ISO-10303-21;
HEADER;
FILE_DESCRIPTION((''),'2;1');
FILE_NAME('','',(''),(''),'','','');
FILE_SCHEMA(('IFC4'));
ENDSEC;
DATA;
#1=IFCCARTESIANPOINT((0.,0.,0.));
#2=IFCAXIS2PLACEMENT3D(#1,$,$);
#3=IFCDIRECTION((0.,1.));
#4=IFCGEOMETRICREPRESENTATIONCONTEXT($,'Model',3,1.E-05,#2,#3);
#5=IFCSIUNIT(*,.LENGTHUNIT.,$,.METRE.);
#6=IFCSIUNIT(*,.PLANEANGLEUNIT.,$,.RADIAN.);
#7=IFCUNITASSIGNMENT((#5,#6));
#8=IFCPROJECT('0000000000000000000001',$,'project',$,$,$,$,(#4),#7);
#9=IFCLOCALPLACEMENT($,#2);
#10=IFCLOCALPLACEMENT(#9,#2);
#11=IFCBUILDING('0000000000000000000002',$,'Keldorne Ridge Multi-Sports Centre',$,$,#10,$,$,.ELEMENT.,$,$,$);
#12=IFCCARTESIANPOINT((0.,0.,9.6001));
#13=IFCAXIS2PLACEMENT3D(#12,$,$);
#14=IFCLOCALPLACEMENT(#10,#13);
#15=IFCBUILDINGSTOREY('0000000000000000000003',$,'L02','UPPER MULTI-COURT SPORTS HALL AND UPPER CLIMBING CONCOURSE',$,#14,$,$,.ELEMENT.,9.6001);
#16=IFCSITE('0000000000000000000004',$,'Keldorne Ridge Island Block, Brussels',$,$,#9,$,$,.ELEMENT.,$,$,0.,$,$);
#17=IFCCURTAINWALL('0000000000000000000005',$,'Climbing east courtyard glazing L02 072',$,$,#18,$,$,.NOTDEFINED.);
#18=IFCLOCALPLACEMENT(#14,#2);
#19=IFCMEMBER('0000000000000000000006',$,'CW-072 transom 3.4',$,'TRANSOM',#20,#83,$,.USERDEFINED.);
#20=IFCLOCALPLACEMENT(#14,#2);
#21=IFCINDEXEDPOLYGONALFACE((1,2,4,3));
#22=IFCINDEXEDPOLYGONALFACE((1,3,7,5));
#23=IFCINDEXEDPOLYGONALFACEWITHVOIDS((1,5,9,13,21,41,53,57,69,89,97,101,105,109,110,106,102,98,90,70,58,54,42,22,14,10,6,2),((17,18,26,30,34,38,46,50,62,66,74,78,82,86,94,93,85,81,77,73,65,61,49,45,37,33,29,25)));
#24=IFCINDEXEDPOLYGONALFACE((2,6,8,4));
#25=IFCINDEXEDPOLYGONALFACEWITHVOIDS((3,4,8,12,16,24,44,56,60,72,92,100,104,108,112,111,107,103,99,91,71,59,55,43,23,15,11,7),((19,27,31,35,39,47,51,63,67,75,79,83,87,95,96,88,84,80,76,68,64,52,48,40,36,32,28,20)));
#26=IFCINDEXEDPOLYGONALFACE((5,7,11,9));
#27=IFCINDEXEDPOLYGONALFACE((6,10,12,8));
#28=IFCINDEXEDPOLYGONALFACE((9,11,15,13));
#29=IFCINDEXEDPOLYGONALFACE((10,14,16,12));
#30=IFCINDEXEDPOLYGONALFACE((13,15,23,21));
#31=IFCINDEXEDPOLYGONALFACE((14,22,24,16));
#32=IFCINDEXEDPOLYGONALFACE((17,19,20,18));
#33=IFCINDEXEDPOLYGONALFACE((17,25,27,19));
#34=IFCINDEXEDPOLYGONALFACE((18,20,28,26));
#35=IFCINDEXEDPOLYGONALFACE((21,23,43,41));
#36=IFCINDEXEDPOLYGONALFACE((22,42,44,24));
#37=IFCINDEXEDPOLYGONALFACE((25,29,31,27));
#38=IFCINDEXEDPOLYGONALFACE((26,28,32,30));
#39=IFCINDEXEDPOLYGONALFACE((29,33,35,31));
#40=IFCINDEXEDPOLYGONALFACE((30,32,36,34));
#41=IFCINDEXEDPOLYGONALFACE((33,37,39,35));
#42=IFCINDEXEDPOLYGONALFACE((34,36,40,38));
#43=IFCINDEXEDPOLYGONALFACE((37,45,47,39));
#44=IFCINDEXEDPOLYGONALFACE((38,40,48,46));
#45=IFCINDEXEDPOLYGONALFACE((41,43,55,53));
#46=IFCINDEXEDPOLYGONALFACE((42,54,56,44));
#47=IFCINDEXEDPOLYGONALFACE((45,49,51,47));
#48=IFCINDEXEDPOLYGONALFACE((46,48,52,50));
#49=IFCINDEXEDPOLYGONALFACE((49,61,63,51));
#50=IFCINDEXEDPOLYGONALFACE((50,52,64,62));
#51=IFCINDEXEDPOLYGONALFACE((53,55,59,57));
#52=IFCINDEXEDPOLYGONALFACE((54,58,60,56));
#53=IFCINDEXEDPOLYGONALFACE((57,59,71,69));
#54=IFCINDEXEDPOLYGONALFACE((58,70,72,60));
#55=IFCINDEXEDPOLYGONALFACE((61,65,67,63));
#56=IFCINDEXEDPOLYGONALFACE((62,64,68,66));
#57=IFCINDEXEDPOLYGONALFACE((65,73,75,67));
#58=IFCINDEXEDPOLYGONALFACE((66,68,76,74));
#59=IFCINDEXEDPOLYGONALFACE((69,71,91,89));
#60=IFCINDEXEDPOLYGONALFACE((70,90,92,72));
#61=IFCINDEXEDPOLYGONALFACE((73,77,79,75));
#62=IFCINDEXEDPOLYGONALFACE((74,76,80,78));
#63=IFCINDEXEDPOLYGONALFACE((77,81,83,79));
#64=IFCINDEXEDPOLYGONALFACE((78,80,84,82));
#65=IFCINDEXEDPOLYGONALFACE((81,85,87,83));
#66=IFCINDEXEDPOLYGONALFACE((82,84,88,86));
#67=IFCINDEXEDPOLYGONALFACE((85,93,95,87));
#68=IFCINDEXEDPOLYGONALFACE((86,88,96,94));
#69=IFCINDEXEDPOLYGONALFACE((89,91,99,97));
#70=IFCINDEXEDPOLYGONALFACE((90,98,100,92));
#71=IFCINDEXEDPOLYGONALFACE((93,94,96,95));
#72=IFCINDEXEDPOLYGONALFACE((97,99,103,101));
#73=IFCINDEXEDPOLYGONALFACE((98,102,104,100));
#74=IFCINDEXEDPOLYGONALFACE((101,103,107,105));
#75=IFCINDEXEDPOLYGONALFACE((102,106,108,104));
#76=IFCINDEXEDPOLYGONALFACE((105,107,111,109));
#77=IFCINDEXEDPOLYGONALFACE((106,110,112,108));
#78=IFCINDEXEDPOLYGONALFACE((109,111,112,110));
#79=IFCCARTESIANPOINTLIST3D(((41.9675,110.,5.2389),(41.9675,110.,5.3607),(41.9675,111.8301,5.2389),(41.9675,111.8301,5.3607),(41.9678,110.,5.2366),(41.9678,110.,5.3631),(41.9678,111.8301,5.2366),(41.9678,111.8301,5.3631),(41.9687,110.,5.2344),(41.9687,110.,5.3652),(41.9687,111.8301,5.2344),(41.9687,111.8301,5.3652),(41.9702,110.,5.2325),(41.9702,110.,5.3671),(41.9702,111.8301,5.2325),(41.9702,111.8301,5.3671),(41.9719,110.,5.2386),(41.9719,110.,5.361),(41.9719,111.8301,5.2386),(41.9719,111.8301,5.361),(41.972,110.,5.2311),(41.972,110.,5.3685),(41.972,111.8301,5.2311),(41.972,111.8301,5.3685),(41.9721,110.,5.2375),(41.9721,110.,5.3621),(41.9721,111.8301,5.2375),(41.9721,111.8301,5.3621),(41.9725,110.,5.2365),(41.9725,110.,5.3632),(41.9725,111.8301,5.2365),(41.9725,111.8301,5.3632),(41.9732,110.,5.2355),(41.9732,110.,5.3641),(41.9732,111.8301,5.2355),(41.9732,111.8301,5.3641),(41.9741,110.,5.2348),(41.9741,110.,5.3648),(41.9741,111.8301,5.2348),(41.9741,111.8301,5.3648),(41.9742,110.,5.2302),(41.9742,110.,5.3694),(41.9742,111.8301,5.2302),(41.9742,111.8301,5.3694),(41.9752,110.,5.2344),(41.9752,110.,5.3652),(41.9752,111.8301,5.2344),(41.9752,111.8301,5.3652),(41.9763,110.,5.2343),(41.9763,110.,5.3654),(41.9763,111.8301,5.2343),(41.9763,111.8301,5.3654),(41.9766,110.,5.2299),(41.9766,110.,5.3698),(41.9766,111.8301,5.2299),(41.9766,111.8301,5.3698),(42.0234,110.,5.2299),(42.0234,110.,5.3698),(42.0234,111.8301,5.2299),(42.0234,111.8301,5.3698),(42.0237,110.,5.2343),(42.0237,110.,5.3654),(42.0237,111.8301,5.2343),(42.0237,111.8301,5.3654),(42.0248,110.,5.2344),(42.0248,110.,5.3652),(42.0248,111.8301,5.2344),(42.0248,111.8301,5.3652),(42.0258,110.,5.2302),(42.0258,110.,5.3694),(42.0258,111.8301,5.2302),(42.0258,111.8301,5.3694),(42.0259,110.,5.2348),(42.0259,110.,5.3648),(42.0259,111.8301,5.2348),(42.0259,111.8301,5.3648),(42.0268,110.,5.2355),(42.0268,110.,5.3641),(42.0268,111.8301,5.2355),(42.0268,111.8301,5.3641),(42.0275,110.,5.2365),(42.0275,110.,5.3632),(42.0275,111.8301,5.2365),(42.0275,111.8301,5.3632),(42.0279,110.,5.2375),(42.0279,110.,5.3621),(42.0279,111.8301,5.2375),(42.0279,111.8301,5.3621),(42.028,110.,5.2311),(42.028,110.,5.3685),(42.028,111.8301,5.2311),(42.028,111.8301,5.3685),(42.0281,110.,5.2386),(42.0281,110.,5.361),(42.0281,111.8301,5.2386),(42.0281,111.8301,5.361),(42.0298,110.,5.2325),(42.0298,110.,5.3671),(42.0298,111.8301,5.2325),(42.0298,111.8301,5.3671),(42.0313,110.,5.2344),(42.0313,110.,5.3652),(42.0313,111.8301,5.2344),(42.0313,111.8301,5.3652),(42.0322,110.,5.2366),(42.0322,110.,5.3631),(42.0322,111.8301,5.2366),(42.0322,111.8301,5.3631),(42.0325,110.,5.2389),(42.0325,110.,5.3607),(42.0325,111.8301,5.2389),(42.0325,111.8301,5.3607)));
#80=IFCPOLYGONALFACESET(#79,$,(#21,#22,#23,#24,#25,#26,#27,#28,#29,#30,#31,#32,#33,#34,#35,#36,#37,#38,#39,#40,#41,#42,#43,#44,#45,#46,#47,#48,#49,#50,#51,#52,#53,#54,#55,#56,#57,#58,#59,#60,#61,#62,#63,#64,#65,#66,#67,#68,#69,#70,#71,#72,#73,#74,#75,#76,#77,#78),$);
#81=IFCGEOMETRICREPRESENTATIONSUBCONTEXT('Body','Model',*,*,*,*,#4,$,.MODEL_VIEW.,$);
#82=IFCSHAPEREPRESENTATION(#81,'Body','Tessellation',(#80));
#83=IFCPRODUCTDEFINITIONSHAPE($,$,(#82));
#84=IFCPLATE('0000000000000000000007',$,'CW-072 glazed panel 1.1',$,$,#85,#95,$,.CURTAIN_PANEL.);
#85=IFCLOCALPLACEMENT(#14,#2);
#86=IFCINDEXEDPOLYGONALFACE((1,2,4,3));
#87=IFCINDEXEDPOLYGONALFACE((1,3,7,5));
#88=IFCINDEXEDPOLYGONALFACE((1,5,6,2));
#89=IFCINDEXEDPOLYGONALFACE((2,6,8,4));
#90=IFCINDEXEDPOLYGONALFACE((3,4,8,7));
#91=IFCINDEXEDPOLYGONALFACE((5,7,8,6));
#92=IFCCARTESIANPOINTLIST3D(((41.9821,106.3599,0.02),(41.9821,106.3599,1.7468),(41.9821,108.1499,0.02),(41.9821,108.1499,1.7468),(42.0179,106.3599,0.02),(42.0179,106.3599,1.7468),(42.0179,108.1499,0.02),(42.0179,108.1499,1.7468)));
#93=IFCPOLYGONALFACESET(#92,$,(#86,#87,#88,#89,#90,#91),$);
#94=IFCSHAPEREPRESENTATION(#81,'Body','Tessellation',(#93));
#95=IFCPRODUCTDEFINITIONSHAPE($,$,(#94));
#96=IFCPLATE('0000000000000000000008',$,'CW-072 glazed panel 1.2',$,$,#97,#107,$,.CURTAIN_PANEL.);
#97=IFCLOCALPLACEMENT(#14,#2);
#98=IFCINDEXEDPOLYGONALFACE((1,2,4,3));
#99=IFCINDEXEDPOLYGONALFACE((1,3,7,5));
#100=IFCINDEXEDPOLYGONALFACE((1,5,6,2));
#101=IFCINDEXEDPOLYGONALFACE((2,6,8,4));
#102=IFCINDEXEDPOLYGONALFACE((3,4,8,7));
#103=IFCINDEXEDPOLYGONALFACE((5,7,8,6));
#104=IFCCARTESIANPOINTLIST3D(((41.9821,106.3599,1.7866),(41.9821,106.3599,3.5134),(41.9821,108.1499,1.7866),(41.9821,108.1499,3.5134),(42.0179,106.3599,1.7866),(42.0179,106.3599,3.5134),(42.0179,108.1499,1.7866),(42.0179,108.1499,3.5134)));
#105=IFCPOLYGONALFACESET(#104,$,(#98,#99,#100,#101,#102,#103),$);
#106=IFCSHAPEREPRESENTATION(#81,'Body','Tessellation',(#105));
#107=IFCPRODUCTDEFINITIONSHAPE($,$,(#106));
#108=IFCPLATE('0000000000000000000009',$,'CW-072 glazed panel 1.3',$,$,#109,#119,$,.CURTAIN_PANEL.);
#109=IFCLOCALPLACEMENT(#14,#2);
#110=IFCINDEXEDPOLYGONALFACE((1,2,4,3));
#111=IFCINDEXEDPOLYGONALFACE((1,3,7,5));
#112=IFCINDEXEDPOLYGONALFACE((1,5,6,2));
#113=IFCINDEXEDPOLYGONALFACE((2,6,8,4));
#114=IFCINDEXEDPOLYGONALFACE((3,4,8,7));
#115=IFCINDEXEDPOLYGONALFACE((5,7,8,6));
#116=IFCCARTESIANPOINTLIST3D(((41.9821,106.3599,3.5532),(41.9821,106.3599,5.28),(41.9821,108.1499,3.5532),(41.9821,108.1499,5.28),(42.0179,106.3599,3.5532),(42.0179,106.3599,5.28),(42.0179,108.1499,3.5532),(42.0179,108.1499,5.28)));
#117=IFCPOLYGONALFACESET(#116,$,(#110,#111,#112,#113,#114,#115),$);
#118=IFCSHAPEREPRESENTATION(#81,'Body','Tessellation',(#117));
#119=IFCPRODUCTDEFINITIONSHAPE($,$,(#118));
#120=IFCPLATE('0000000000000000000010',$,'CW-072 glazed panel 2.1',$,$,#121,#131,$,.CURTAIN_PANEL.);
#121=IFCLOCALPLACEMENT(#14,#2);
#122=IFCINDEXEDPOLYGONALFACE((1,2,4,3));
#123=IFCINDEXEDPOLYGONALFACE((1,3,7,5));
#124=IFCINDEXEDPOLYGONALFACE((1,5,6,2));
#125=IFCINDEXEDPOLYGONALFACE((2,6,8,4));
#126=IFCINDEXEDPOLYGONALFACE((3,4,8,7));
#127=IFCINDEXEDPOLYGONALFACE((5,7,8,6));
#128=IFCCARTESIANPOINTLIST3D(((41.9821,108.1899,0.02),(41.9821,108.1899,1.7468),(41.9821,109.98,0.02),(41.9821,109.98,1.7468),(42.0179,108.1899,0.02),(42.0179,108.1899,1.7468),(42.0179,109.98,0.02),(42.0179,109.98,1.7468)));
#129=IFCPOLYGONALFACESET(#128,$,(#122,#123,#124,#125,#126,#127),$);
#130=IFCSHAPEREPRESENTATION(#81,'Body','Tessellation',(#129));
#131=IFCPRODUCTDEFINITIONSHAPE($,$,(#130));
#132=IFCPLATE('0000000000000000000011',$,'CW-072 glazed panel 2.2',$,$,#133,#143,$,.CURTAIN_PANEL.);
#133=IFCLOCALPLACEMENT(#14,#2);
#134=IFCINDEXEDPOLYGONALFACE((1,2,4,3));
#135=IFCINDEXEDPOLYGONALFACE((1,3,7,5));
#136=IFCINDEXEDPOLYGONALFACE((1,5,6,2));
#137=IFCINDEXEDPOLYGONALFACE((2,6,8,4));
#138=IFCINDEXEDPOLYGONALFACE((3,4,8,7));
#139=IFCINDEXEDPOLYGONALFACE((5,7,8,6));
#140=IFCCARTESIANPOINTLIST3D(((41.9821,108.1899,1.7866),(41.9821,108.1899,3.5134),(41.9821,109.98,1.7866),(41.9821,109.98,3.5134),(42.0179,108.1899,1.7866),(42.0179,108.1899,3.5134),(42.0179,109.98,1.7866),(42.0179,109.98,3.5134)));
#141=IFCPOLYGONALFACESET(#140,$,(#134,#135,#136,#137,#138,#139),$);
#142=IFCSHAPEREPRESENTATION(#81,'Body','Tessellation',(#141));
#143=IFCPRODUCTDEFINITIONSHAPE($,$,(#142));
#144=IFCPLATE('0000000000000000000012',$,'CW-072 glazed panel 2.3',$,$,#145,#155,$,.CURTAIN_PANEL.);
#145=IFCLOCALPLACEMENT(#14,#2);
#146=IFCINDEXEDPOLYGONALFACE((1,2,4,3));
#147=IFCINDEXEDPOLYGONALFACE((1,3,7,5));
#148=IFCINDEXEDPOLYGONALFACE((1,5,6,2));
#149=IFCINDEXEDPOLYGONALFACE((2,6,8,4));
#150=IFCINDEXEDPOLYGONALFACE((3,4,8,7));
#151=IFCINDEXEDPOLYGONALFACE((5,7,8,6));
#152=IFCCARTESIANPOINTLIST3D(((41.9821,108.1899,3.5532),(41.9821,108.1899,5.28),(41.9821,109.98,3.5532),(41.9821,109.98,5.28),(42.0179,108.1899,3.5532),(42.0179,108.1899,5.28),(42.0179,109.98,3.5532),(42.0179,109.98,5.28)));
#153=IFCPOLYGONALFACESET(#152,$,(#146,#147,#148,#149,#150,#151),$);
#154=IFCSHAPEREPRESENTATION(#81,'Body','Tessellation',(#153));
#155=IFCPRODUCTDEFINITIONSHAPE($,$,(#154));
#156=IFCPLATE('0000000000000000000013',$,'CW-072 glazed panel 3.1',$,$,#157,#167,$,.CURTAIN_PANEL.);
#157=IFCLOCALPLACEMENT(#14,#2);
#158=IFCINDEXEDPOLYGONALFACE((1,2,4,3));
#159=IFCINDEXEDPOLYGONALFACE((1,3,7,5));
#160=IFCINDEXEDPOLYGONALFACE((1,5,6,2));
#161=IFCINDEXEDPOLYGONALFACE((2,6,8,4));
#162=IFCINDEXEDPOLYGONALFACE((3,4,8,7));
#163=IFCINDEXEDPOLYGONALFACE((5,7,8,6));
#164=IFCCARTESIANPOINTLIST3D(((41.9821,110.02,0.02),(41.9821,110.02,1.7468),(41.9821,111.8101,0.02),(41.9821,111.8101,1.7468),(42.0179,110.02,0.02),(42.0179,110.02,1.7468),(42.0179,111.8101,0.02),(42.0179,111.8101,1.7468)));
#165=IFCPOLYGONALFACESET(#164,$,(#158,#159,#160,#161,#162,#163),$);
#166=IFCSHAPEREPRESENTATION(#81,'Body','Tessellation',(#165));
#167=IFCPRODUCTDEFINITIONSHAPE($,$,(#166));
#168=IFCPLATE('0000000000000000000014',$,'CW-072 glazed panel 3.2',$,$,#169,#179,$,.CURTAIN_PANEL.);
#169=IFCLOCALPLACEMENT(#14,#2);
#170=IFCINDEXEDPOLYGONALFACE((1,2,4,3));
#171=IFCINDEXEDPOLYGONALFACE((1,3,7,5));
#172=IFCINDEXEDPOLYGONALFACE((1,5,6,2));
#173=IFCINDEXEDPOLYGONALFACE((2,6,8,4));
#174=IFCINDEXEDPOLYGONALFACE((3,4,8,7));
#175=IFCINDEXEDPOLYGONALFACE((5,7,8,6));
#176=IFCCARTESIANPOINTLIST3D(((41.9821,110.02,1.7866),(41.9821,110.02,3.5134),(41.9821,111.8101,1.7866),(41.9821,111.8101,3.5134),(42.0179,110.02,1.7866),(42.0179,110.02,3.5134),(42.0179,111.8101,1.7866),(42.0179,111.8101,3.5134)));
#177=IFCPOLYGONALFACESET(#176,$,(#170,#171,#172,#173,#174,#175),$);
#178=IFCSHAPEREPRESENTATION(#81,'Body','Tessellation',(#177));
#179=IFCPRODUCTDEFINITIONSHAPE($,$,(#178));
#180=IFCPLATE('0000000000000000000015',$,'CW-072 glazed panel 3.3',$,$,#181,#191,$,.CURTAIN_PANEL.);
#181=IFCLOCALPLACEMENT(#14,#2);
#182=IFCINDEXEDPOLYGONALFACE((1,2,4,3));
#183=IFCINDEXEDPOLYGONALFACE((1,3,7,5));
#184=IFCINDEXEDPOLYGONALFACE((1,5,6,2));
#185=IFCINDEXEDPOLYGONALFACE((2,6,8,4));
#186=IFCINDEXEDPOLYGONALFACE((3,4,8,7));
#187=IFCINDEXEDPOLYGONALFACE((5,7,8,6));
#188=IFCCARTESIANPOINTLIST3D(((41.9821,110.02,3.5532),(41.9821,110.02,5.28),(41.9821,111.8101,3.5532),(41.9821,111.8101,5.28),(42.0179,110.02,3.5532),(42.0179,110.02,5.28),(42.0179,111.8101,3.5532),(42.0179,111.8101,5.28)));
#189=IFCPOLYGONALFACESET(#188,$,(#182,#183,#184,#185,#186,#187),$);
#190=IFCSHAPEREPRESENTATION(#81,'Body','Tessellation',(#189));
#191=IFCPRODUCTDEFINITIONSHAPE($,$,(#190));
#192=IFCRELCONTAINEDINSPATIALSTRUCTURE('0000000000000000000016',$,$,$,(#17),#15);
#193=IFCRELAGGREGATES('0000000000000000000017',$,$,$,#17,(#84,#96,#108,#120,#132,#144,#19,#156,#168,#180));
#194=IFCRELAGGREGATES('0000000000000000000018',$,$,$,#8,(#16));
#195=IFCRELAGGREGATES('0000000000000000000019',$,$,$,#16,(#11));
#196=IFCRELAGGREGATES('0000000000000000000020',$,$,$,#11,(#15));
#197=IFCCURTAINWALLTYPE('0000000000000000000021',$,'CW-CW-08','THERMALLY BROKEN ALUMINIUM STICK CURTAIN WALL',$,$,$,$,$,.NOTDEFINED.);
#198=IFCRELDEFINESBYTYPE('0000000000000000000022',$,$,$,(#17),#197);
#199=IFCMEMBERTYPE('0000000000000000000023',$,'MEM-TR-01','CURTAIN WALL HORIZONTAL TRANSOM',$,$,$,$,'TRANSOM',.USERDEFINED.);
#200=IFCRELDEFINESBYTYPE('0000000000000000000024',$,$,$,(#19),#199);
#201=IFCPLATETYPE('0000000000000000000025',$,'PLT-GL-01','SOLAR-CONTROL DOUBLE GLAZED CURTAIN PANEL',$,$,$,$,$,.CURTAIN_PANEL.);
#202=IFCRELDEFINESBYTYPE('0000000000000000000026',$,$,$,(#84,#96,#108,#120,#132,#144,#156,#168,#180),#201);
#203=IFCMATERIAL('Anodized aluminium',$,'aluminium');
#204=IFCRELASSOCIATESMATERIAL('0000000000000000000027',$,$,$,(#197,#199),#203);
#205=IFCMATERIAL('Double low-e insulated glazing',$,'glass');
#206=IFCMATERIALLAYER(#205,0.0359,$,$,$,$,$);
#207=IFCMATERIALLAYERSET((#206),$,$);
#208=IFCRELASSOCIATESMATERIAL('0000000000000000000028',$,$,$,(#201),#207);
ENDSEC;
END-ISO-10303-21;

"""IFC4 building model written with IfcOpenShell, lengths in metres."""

from ifc_helpers import new_model, si_unit, direction, frame, origin, origin_2d, place, context, subcontext, project, spatial, rectangle, hollow_rectangle, extrude, material, layer, layer_set, material_profile, profile_set, type_object, element, aggregate, save


model = new_model("IFC4")

# Units and contexts
model_context = context("Model", 3, precision=1e-05, world=origin(), true_north=direction((0.0, 1.0)))
body_context = subcontext(model_context, "Body", "Model", "MODEL_VIEW")
ifc_project = project(units=[si_unit("LENGTHUNIT", "METRE"), si_unit("PLANEANGLEUNIT", "RADIAN")], contexts=[model_context])

# Site, building, storey
site_placement = place(None, origin())
site = spatial("IfcSite", under=ifc_project, at=site_placement, Name="Keldorne Ridge Island Block, Brussels", CompositionType="ELEMENT", RefElevation=0.0)
building_placement = place(site_placement, origin())
building = spatial("IfcBuilding", under=site, at=building_placement, Name="Keldorne Ridge Multi-Sports Centre", CompositionType="ELEMENT")
storey_placement = place(building_placement, frame((0.0, 0.0, 9.6001)))
storey = spatial("IfcBuildingStorey", under=building, at=storey_placement, Name="L02", Description="UPPER MULTI-COURT SPORTS HALL AND UPPER CLIMBING CONCOURSE", CompositionType="ELEMENT", Elevation=9.6001)

# Curtain wall, member, plates
ifc_material_1 = material(Name="Anodized aluminium", Category="aluminium")
curtain_wall_type = type_object("IfcCurtainWallType", Name="CW-CW-08", Description="THERMALLY BROKEN ALUMINIUM STICK CURTAIN WALL", PredefinedType="NOTDEFINED", material=ifc_material_1)
curtain_wall_placement = place(storey_placement, origin())
curtain_wall = element("IfcCurtainWall", 1, at=curtain_wall_placement, inside=storey, type_object=curtain_wall_type, Name="Climbing east courtyard glazing L02 072", PredefinedType="NOTDEFINED")
ifc_material_profile_1 = material_profile(ifc_material_1, hollow_rectangle(XDim=0.0649, YDim=0.1399, WallThickness=0.0044, InnerFilletRadius=0.0044, OuterFilletRadius=0.009, at=origin_2d()), Name="ALU TRANSOM 140x65x4.5")
ifc_profile_set_1 = profile_set([ifc_material_profile_1], Name="Anodized aluminium")
member_type_1 = type_object("IfcMemberType", Name="MEM-TR-01", Description="CURTAIN WALL HORIZONTAL TRANSOM", ElementType="TRANSOM", PredefinedType="USERDEFINED", material=ifc_profile_set_1)
member_1_placement = place(storey_placement, frame((42.0, 110.0, 5.2998), z_axis=(0.0, 1.0, 0.0), x_axis=(-1.0, 0.0, 0.0)))
member_1 = element("IfcMember", 2, at=member_1_placement, type_object=member_type_1, Name="CW-072 transom 3.4", ObjectType="TRANSOM", PredefinedType="USERDEFINED", context=body_context, shape_type="SweptSolid", body=[
    extrude(hollow_rectangle(XDim=0.0649, YDim=0.1399, WallThickness=0.0044, InnerFilletRadius=0.0044, OuterFilletRadius=0.009, at=origin_2d()), origin(), (0.0, 0.0, 1.0), 1.8301),
])
ifc_material_2 = material(Name="Double low-e insulated glazing", Category="glass")
ifc_layer = layer(ifc_material_2, 0.0359)
ifc_layer_set = layer_set([ifc_layer])
plate_type = type_object("IfcPlateType", Name="PLT-GL-01", Description="SOLAR-CONTROL DOUBLE GLAZED CURTAIN PANEL", PredefinedType="CURTAIN_PANEL", material=ifc_layer_set)
plate_1_placement = place(storey_placement, frame((42.0, 107.2549, 0.02), z_axis=(0.0, 0.0, 1.0), x_axis=(0.0, 1.0, 0.0)))
plate_1 = element("IfcPlate", 3, at=plate_1_placement, type_object=plate_type, Name="CW-072 glazed panel 1.1", PredefinedType="CURTAIN_PANEL", context=body_context, shape_type="SweptSolid", body=[
    extrude(rectangle(XDim=1.79, YDim=0.0359, at=origin_2d()), origin(), (0.0, 0.0, 1.0), 1.7268),
])
plate_2_placement = place(storey_placement, frame((42.0, 107.2549, 1.7866), z_axis=(0.0, 0.0, 1.0), x_axis=(0.0, 1.0, 0.0)))
plate_2 = element("IfcPlate", 4, at=plate_2_placement, type_object=plate_type, Name="CW-072 glazed panel 1.2", PredefinedType="CURTAIN_PANEL", context=body_context, shape_type="SweptSolid", body=[
    extrude(rectangle(XDim=1.79, YDim=0.0359, at=origin_2d()), origin(), (0.0, 0.0, 1.0), 1.7268),
])
plate_3_placement = place(storey_placement, frame((42.0, 107.2549, 3.5532), z_axis=(0.0, 0.0, 1.0), x_axis=(0.0, 1.0, 0.0)))
plate_3 = element("IfcPlate", 5, at=plate_3_placement, type_object=plate_type, Name="CW-072 glazed panel 1.3", PredefinedType="CURTAIN_PANEL", context=body_context, shape_type="SweptSolid", body=[
    extrude(rectangle(XDim=1.79, YDim=0.0359, at=origin_2d()), origin(), (0.0, 0.0, 1.0), 1.7268),
])
plate_4_placement = place(storey_placement, frame((42.0, 109.085, 0.02), z_axis=(0.0, 0.0, 1.0), x_axis=(0.0, 1.0, 0.0)))
plate_4 = element("IfcPlate", 6, at=plate_4_placement, type_object=plate_type, Name="CW-072 glazed panel 2.1", PredefinedType="CURTAIN_PANEL", context=body_context, shape_type="SweptSolid", body=[
    extrude(rectangle(XDim=1.79, YDim=0.0359, at=origin_2d()), origin(), (0.0, 0.0, 1.0), 1.7268),
])
plate_5_placement = place(storey_placement, frame((42.0, 109.085, 1.7866), z_axis=(0.0, 0.0, 1.0), x_axis=(0.0, 1.0, 0.0)))
plate_5 = element("IfcPlate", 7, at=plate_5_placement, type_object=plate_type, Name="CW-072 glazed panel 2.2", PredefinedType="CURTAIN_PANEL", context=body_context, shape_type="SweptSolid", body=[
    extrude(rectangle(XDim=1.79, YDim=0.0359, at=origin_2d()), origin(), (0.0, 0.0, 1.0), 1.7268),
])
plate_6_placement = place(storey_placement, frame((42.0, 109.085, 3.5532), z_axis=(0.0, 0.0, 1.0), x_axis=(0.0, 1.0, 0.0)))
plate_6 = element("IfcPlate", 8, at=plate_6_placement, type_object=plate_type, Name="CW-072 glazed panel 2.3", PredefinedType="CURTAIN_PANEL", context=body_context, shape_type="SweptSolid", body=[
    extrude(rectangle(XDim=1.79, YDim=0.0359, at=origin_2d()), origin(), (0.0, 0.0, 1.0), 1.7268),
])
plate_7_placement = place(storey_placement, frame((42.0, 110.915, 0.02), z_axis=(0.0, 0.0, 1.0), x_axis=(0.0, 1.0, 0.0)))
plate_7 = element("IfcPlate", 9, at=plate_7_placement, type_object=plate_type, Name="CW-072 glazed panel 3.1", PredefinedType="CURTAIN_PANEL", context=body_context, shape_type="SweptSolid", body=[
    extrude(rectangle(XDim=1.79, YDim=0.0359, at=origin_2d()), origin(), (0.0, 0.0, 1.0), 1.7268),
])
plate_8_placement = place(storey_placement, frame((42.0, 110.915, 1.7866), z_axis=(0.0, 0.0, 1.0), x_axis=(0.0, 1.0, 0.0)))
plate_8 = element("IfcPlate", 10, at=plate_8_placement, type_object=plate_type, Name="CW-072 glazed panel 3.2", PredefinedType="CURTAIN_PANEL", context=body_context, shape_type="SweptSolid", body=[
    extrude(rectangle(XDim=1.79, YDim=0.0359, at=origin_2d()), origin(), (0.0, 0.0, 1.0), 1.7268),
])
plate_9_placement = place(storey_placement, frame((42.0, 110.915, 3.5532), z_axis=(0.0, 0.0, 1.0), x_axis=(0.0, 1.0, 0.0)))
plate_9 = element("IfcPlate", 11, at=plate_9_placement, type_object=plate_type, Name="CW-072 glazed panel 3.3", PredefinedType="CURTAIN_PANEL", context=body_context, shape_type="SweptSolid", body=[
    extrude(rectangle(XDim=1.79, YDim=0.0359, at=origin_2d()), origin(), (0.0, 0.0, 1.0), 1.7268),
])
aggregate(curtain_wall, [plate_1, plate_2, plate_3, plate_4, plate_5, plate_6, member_1, plate_7, plate_8, plate_9])

save(model, "model.ifc")
